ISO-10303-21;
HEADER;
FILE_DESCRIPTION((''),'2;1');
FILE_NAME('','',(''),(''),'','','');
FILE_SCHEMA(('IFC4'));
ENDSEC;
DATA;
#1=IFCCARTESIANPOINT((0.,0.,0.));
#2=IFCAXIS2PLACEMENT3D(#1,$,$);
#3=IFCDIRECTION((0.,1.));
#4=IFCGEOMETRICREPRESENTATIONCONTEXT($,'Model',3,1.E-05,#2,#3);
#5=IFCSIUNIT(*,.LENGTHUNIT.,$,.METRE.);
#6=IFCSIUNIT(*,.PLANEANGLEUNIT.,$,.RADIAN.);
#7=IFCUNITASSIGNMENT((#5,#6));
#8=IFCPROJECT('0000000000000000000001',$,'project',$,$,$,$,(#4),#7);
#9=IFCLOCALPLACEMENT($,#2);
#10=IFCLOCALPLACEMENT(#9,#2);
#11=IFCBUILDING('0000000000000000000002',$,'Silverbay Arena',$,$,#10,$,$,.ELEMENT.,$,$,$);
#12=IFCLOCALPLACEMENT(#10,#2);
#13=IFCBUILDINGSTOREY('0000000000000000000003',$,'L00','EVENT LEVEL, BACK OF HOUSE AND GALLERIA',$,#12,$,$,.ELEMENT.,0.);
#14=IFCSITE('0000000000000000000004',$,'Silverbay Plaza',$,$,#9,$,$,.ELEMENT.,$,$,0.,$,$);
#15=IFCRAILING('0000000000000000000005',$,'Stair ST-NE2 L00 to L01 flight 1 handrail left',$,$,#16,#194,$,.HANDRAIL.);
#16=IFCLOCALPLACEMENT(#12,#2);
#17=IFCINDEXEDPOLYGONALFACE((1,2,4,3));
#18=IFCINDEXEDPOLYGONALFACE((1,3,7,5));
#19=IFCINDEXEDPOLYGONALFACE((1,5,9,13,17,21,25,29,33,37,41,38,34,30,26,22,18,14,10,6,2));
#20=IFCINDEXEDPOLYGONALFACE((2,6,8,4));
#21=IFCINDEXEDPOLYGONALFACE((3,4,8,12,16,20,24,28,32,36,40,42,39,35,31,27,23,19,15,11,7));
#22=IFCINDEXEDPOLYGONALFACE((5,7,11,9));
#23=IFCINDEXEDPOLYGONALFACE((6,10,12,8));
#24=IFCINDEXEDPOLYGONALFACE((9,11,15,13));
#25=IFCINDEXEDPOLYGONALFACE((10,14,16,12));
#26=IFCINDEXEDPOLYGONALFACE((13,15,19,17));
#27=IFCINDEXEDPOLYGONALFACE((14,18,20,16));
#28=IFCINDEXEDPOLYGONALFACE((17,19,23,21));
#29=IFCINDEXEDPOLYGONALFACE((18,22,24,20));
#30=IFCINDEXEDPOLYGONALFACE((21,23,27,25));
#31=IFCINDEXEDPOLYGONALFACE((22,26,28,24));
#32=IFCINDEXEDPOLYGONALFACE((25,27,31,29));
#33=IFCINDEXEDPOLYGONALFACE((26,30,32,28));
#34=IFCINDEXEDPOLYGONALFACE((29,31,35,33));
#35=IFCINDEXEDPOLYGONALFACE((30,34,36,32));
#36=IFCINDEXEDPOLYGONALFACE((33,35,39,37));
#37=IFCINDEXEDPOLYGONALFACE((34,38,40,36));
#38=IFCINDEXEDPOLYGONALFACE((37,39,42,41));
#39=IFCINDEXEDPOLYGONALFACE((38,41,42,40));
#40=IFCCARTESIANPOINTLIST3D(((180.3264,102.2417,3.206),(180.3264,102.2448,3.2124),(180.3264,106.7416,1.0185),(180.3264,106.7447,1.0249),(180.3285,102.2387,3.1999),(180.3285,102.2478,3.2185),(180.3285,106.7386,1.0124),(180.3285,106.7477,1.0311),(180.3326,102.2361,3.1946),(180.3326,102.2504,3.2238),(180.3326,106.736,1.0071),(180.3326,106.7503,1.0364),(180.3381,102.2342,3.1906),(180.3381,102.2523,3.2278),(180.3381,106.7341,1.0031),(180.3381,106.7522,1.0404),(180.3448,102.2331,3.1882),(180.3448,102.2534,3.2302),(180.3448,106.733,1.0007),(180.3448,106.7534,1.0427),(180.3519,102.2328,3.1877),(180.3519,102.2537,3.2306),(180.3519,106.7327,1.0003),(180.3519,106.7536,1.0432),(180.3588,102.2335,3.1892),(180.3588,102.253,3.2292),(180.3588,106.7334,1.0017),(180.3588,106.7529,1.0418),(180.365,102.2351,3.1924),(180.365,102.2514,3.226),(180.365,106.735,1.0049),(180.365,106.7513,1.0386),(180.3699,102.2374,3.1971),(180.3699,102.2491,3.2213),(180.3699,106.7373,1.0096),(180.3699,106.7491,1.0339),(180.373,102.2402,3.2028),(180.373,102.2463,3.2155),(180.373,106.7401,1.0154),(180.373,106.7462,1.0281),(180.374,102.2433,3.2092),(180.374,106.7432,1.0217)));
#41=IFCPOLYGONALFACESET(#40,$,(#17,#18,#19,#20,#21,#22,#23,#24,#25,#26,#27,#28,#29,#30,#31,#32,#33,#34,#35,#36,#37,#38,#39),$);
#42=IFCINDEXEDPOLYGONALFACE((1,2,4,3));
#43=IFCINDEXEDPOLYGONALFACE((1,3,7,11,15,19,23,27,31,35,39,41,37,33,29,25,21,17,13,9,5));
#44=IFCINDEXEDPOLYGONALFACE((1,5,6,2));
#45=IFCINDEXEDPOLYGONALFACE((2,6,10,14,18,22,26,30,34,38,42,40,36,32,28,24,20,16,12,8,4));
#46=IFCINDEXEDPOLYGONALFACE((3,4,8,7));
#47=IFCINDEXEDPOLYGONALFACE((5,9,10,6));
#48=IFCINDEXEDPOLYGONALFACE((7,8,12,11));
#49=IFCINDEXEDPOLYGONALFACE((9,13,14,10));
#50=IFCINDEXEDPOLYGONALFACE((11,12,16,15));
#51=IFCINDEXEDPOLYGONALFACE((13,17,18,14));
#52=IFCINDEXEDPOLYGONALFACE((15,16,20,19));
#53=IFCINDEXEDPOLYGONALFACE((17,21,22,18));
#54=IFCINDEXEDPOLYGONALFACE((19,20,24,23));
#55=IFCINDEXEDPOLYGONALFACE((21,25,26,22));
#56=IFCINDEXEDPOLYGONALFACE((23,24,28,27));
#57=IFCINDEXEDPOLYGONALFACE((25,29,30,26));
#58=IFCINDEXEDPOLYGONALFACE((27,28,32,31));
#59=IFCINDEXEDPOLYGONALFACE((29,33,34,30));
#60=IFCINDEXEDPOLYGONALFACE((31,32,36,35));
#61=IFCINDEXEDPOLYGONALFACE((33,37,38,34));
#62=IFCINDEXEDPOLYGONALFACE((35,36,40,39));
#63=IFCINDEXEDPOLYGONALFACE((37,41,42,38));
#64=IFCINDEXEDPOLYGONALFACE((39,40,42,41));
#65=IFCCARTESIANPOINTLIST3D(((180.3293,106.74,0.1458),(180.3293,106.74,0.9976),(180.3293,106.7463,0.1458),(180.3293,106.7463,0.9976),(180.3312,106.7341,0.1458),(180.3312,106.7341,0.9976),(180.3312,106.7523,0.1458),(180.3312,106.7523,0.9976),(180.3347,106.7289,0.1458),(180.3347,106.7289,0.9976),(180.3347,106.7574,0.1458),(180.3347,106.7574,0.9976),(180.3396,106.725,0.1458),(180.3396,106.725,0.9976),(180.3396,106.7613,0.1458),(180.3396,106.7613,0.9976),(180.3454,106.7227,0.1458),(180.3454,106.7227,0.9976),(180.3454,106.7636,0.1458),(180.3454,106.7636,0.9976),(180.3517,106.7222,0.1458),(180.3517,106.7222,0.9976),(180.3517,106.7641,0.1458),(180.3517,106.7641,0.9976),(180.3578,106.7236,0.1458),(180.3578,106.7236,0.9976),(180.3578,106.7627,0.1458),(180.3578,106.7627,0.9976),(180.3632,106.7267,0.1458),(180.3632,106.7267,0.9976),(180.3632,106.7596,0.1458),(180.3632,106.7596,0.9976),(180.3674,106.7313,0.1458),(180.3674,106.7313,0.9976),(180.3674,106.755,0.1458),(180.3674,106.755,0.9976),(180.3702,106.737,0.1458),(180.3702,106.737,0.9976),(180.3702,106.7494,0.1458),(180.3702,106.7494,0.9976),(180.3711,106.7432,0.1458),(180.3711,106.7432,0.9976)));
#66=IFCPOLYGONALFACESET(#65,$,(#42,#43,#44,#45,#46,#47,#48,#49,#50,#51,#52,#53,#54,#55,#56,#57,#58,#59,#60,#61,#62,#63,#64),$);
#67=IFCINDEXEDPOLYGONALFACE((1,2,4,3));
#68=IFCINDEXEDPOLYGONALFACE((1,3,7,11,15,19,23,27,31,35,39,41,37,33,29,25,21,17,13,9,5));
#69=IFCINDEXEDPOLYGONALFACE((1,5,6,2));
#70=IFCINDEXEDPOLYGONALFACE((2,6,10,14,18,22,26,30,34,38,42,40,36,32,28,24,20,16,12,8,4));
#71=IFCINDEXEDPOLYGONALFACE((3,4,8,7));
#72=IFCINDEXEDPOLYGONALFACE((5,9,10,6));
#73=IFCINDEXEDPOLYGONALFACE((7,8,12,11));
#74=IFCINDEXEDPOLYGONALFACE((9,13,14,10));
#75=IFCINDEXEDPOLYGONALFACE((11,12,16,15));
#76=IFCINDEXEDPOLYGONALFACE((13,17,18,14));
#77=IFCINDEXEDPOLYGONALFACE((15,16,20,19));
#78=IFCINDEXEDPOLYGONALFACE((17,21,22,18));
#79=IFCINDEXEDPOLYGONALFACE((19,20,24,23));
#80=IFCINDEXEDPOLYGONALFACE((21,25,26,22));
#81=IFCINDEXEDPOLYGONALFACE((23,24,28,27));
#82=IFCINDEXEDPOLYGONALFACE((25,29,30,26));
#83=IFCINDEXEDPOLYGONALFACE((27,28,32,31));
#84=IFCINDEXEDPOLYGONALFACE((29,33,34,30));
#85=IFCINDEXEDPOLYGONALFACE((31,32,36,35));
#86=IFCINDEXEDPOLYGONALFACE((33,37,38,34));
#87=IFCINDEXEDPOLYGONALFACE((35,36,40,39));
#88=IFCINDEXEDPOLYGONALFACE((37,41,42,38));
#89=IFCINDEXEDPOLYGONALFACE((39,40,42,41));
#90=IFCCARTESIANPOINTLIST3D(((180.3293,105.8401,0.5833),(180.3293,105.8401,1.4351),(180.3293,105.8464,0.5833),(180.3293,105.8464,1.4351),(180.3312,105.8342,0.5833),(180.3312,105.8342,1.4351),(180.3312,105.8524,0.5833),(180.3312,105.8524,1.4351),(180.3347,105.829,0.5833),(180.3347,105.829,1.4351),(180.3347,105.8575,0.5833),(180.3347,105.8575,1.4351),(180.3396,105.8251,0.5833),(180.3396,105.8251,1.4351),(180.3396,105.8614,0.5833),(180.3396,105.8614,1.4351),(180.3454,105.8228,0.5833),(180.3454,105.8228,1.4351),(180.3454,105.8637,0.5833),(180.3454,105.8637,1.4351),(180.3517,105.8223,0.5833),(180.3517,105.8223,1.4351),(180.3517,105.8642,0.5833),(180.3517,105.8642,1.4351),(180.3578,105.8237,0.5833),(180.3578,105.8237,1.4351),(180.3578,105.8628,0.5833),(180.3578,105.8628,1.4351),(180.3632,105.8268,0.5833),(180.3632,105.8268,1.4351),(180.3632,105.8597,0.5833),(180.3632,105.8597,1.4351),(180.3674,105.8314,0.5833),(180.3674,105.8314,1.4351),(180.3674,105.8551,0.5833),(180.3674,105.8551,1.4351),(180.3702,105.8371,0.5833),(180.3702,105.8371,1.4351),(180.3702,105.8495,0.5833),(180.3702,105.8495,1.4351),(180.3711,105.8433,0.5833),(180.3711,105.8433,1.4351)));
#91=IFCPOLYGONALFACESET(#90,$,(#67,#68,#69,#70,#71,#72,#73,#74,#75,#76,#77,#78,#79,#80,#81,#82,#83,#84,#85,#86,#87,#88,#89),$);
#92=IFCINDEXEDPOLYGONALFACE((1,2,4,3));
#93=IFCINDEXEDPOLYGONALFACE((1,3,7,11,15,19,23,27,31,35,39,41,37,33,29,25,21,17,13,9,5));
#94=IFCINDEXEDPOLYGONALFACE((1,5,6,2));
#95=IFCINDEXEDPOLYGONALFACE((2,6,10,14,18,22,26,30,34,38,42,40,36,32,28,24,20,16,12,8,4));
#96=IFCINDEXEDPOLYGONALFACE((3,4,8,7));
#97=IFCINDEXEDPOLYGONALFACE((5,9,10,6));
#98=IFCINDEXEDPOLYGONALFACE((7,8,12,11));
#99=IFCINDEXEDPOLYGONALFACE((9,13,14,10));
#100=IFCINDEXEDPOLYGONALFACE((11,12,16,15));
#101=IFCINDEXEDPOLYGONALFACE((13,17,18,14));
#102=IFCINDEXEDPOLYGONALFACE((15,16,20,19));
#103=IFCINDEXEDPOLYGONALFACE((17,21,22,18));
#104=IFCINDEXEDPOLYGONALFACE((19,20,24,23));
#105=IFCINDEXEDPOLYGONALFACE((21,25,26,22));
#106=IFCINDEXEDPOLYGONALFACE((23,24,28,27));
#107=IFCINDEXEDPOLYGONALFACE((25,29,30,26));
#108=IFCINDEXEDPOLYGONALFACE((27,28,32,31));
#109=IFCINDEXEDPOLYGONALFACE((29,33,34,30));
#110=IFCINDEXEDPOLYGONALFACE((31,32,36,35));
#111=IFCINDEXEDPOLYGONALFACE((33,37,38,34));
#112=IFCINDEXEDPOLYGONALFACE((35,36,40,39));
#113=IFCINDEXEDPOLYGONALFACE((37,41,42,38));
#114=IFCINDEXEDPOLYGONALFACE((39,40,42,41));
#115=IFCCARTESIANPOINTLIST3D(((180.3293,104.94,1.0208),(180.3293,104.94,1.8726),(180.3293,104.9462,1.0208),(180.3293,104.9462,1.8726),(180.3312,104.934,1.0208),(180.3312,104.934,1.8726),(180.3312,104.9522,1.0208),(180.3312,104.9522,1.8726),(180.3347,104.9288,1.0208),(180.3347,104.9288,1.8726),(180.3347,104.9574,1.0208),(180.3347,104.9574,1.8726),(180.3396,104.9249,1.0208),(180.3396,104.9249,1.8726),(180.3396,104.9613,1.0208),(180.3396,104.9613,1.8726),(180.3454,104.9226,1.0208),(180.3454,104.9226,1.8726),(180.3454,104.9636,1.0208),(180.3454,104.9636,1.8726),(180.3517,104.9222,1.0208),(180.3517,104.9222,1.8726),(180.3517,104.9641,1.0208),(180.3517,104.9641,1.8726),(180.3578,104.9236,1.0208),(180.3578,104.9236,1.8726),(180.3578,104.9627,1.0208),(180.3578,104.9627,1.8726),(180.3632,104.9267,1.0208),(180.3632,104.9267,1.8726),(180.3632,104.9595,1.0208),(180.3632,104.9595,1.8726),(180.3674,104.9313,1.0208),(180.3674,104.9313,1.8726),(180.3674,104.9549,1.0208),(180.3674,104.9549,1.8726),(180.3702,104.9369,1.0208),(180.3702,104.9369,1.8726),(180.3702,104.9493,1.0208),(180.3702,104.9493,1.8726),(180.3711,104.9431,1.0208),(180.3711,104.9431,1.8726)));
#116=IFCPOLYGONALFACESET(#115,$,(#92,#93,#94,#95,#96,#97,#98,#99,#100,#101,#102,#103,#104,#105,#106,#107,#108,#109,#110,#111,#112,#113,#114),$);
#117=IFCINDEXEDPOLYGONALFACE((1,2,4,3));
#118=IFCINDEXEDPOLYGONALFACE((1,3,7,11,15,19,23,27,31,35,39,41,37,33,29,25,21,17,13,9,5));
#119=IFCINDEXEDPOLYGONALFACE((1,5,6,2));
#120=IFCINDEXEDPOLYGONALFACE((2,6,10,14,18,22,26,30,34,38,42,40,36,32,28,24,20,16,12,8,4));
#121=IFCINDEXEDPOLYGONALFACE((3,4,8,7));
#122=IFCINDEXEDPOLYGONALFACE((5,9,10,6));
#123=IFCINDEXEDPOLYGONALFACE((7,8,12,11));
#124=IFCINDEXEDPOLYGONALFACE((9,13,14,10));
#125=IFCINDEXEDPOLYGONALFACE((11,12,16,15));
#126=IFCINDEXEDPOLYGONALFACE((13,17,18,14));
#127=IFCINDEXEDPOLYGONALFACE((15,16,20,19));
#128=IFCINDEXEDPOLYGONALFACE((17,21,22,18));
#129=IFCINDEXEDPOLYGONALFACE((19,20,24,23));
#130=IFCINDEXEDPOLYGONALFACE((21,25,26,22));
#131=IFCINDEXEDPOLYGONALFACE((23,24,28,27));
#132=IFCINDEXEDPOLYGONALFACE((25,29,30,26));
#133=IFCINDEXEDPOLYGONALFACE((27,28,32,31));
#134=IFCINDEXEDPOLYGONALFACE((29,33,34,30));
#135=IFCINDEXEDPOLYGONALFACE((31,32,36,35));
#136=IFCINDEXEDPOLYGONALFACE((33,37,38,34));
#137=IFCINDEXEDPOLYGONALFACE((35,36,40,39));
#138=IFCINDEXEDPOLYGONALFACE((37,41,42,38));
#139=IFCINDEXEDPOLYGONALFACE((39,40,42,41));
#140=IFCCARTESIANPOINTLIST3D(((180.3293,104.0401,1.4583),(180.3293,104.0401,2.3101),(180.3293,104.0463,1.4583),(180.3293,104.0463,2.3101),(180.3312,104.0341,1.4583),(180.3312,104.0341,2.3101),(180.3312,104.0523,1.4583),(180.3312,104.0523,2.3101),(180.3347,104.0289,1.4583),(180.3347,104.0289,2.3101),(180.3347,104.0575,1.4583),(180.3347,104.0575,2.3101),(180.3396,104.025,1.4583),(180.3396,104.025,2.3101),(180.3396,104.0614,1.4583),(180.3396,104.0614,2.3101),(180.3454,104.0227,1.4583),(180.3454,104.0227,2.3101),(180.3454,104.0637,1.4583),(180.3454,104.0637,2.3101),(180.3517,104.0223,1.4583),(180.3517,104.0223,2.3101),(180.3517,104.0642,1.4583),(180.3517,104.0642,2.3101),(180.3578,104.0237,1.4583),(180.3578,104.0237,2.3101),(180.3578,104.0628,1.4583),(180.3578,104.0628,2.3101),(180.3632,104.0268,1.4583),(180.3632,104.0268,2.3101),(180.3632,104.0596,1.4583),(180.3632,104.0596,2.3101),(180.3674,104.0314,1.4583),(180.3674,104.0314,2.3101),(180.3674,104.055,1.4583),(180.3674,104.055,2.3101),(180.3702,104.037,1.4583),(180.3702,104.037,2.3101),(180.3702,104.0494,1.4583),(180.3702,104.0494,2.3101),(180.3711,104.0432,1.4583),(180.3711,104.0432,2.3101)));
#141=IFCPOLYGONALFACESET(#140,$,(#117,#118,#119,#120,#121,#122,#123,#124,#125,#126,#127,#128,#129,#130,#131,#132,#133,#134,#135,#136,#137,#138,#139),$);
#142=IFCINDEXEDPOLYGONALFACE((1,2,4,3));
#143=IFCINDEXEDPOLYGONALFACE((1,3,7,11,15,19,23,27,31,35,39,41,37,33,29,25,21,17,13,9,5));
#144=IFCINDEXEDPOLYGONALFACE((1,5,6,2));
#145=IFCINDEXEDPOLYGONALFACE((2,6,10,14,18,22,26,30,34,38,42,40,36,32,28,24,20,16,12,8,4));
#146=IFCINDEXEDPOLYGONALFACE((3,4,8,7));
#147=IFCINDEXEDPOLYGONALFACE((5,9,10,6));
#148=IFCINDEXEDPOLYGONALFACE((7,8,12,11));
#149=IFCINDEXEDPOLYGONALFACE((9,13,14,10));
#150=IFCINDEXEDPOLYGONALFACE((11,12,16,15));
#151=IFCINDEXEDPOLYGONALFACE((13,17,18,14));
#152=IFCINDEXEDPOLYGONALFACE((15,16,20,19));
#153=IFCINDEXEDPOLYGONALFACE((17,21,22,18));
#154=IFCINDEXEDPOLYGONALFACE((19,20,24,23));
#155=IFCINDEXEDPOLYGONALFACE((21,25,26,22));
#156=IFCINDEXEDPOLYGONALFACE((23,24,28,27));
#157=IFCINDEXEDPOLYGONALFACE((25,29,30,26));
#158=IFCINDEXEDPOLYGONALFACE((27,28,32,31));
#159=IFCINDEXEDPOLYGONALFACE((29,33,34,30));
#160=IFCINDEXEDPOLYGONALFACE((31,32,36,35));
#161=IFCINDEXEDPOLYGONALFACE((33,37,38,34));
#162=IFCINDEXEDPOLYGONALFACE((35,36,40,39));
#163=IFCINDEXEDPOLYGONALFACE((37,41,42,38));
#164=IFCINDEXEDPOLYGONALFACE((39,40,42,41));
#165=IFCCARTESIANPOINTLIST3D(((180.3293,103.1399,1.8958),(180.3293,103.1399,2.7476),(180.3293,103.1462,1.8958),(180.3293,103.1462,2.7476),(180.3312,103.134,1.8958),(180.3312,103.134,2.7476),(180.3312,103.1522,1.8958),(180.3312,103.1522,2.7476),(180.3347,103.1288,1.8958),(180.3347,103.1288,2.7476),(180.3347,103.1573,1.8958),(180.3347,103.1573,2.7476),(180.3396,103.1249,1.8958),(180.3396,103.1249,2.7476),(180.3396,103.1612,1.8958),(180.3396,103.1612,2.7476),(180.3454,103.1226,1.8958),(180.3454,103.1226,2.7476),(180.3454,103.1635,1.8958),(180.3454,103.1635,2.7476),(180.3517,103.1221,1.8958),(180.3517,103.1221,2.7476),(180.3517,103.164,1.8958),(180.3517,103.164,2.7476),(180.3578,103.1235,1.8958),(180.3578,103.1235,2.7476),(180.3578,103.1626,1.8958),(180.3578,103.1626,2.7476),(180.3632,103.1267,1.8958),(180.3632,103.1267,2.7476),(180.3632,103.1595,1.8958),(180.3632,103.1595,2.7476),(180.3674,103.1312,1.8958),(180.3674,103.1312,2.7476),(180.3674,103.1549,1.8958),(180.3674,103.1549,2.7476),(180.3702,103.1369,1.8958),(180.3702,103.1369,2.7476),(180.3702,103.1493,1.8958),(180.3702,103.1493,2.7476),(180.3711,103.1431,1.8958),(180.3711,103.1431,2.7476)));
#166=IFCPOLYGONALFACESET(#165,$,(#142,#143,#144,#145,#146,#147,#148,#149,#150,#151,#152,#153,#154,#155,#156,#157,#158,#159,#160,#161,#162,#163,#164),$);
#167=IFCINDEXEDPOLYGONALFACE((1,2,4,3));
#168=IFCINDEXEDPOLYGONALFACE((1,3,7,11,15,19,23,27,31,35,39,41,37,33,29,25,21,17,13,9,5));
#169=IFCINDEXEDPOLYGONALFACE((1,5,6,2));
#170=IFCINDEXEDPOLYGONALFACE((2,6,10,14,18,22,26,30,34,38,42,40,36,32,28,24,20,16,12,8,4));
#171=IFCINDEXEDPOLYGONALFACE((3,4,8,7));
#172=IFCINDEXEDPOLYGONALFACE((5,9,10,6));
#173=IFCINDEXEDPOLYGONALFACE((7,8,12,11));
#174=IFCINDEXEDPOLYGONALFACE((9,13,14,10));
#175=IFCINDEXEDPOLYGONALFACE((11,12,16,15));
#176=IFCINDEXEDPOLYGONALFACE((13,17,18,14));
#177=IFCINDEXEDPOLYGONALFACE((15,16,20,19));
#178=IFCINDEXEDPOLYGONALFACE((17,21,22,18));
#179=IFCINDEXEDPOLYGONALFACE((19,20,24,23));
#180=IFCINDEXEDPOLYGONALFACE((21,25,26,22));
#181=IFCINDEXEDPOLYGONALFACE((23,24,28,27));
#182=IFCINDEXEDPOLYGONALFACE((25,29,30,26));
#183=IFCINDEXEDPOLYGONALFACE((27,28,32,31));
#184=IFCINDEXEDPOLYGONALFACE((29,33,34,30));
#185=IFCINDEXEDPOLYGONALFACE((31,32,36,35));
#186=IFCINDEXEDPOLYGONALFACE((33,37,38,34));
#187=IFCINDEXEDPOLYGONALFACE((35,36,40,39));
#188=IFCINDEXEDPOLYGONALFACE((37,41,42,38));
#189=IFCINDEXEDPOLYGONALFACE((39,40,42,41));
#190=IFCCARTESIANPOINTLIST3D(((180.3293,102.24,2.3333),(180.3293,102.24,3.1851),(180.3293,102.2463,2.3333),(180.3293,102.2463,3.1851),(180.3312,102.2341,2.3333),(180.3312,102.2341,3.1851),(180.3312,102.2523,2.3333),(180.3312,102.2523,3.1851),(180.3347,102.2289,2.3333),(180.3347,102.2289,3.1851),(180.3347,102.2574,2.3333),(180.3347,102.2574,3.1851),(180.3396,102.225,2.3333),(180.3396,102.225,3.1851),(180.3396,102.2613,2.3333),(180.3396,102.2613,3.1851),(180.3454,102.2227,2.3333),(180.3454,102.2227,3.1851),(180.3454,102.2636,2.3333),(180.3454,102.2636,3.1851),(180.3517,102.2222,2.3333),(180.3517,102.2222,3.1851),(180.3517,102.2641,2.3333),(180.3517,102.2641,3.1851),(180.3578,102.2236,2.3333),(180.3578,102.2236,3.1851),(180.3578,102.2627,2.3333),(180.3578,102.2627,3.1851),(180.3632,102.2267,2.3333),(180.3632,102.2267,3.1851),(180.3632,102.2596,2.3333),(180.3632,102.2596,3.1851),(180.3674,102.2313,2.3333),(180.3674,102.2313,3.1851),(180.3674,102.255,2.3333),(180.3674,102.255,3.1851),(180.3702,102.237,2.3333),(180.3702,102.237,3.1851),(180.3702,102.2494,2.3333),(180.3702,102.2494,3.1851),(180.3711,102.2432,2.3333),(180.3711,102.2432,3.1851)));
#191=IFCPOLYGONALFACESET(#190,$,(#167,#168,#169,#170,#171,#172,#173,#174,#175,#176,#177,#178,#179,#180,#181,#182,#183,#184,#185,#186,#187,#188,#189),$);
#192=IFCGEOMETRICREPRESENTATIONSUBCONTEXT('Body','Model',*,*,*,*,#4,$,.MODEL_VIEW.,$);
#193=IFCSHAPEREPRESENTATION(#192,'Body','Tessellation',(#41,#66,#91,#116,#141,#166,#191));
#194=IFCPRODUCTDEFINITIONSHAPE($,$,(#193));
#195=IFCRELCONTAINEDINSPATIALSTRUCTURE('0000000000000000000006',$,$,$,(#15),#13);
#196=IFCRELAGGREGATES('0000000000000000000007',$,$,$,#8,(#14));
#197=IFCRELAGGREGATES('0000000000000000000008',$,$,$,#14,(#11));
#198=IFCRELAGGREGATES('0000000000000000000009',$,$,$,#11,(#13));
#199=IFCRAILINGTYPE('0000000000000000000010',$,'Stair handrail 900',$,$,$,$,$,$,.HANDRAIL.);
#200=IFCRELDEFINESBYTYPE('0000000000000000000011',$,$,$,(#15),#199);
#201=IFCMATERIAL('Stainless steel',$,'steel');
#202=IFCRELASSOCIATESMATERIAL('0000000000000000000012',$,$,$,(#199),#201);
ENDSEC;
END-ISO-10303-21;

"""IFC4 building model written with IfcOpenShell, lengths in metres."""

from ifc_helpers import new_model, si_unit, direction, frame, origin, origin_2d, place, context, subcontext, project, spatial, circle, extrude, material, type_object, element, save


model = new_model("IFC4")

# Units and contexts
model_context = context("Model", 3, precision=1e-05, world=origin(), true_north=direction((0.0, 1.0)))
body_context = subcontext(model_context, "Body", "Model", "MODEL_VIEW")
ifc_project = project(units=[si_unit("LENGTHUNIT", "METRE"), si_unit("PLANEANGLEUNIT", "RADIAN")], contexts=[model_context])

# Site, building, storey
site_placement = place(None, origin())
site = spatial("IfcSite", under=ifc_project, at=site_placement, Name="Silverbay Plaza", CompositionType="ELEMENT", RefElevation=0.0)
building_placement = place(site_placement, origin())
building = spatial("IfcBuilding", under=site, at=building_placement, Name="Silverbay Arena", CompositionType="ELEMENT")
storey_placement = place(building_placement, origin())
storey = spatial("IfcBuildingStorey", under=building, at=storey_placement, Name="L00", Description="EVENT LEVEL, BACK OF HOUSE AND GALLERIA", CompositionType="ELEMENT", Elevation=0.0)

# Railing
ifc_material_1 = material(Name="Stainless steel", Category="steel")
railing_type_1 = type_object("IfcRailingType", Name="Stair handrail 900", PredefinedType="HANDRAIL", material=ifc_material_1)
for number, where, name in (
    (1, (180.3501, 106.7432, 0.1458), "Stair ST-NE2 L00 to L01 flight 1 handrail left"),
):
    element("IfcRailing", number, at=place(storey_placement, frame(where)), inside=storey, type_object=railing_type_1, Name=name, PredefinedType="HANDRAIL", context=body_context, shape_type="SweptSolid", body=[
        extrude(circle(Radius=0.0239, at=origin_2d()), frame((0.0, 0.0, 0.876), z_axis=(0.0, -0.899368, 0.437193), x_axis=(1.0, 0.0, 0.0)), (0.0, 0.0, 1.0), 5.0034),
        extrude(circle(Radius=0.021, at=origin_2d()), origin(), (0.0, 0.0, 1.0), 0.8518),
        extrude(circle(Radius=0.021, at=origin_2d()), frame((0.0, -0.8999, 0.4375)), (0.0, 0.0, 1.0), 0.8518),
        extrude(circle(Radius=0.021, at=origin_2d()), frame((0.0, -1.8, 0.875)), (0.0, 0.0, 1.0), 0.8518),
        extrude(circle(Radius=0.021, at=origin_2d()), frame((0.0, -2.7, 1.3125)), (0.0, 0.0, 1.0), 0.8518),
        extrude(circle(Radius=0.021, at=origin_2d()), frame((0.0, -3.6001, 1.75)), (0.0, 0.0, 1.0), 0.8518),
        extrude(circle(Radius=0.021, at=origin_2d()), frame((0.0, -4.5, 2.1875)), (0.0, 0.0, 1.0), 0.8518),
    ])

save(model, "model.ifc")
